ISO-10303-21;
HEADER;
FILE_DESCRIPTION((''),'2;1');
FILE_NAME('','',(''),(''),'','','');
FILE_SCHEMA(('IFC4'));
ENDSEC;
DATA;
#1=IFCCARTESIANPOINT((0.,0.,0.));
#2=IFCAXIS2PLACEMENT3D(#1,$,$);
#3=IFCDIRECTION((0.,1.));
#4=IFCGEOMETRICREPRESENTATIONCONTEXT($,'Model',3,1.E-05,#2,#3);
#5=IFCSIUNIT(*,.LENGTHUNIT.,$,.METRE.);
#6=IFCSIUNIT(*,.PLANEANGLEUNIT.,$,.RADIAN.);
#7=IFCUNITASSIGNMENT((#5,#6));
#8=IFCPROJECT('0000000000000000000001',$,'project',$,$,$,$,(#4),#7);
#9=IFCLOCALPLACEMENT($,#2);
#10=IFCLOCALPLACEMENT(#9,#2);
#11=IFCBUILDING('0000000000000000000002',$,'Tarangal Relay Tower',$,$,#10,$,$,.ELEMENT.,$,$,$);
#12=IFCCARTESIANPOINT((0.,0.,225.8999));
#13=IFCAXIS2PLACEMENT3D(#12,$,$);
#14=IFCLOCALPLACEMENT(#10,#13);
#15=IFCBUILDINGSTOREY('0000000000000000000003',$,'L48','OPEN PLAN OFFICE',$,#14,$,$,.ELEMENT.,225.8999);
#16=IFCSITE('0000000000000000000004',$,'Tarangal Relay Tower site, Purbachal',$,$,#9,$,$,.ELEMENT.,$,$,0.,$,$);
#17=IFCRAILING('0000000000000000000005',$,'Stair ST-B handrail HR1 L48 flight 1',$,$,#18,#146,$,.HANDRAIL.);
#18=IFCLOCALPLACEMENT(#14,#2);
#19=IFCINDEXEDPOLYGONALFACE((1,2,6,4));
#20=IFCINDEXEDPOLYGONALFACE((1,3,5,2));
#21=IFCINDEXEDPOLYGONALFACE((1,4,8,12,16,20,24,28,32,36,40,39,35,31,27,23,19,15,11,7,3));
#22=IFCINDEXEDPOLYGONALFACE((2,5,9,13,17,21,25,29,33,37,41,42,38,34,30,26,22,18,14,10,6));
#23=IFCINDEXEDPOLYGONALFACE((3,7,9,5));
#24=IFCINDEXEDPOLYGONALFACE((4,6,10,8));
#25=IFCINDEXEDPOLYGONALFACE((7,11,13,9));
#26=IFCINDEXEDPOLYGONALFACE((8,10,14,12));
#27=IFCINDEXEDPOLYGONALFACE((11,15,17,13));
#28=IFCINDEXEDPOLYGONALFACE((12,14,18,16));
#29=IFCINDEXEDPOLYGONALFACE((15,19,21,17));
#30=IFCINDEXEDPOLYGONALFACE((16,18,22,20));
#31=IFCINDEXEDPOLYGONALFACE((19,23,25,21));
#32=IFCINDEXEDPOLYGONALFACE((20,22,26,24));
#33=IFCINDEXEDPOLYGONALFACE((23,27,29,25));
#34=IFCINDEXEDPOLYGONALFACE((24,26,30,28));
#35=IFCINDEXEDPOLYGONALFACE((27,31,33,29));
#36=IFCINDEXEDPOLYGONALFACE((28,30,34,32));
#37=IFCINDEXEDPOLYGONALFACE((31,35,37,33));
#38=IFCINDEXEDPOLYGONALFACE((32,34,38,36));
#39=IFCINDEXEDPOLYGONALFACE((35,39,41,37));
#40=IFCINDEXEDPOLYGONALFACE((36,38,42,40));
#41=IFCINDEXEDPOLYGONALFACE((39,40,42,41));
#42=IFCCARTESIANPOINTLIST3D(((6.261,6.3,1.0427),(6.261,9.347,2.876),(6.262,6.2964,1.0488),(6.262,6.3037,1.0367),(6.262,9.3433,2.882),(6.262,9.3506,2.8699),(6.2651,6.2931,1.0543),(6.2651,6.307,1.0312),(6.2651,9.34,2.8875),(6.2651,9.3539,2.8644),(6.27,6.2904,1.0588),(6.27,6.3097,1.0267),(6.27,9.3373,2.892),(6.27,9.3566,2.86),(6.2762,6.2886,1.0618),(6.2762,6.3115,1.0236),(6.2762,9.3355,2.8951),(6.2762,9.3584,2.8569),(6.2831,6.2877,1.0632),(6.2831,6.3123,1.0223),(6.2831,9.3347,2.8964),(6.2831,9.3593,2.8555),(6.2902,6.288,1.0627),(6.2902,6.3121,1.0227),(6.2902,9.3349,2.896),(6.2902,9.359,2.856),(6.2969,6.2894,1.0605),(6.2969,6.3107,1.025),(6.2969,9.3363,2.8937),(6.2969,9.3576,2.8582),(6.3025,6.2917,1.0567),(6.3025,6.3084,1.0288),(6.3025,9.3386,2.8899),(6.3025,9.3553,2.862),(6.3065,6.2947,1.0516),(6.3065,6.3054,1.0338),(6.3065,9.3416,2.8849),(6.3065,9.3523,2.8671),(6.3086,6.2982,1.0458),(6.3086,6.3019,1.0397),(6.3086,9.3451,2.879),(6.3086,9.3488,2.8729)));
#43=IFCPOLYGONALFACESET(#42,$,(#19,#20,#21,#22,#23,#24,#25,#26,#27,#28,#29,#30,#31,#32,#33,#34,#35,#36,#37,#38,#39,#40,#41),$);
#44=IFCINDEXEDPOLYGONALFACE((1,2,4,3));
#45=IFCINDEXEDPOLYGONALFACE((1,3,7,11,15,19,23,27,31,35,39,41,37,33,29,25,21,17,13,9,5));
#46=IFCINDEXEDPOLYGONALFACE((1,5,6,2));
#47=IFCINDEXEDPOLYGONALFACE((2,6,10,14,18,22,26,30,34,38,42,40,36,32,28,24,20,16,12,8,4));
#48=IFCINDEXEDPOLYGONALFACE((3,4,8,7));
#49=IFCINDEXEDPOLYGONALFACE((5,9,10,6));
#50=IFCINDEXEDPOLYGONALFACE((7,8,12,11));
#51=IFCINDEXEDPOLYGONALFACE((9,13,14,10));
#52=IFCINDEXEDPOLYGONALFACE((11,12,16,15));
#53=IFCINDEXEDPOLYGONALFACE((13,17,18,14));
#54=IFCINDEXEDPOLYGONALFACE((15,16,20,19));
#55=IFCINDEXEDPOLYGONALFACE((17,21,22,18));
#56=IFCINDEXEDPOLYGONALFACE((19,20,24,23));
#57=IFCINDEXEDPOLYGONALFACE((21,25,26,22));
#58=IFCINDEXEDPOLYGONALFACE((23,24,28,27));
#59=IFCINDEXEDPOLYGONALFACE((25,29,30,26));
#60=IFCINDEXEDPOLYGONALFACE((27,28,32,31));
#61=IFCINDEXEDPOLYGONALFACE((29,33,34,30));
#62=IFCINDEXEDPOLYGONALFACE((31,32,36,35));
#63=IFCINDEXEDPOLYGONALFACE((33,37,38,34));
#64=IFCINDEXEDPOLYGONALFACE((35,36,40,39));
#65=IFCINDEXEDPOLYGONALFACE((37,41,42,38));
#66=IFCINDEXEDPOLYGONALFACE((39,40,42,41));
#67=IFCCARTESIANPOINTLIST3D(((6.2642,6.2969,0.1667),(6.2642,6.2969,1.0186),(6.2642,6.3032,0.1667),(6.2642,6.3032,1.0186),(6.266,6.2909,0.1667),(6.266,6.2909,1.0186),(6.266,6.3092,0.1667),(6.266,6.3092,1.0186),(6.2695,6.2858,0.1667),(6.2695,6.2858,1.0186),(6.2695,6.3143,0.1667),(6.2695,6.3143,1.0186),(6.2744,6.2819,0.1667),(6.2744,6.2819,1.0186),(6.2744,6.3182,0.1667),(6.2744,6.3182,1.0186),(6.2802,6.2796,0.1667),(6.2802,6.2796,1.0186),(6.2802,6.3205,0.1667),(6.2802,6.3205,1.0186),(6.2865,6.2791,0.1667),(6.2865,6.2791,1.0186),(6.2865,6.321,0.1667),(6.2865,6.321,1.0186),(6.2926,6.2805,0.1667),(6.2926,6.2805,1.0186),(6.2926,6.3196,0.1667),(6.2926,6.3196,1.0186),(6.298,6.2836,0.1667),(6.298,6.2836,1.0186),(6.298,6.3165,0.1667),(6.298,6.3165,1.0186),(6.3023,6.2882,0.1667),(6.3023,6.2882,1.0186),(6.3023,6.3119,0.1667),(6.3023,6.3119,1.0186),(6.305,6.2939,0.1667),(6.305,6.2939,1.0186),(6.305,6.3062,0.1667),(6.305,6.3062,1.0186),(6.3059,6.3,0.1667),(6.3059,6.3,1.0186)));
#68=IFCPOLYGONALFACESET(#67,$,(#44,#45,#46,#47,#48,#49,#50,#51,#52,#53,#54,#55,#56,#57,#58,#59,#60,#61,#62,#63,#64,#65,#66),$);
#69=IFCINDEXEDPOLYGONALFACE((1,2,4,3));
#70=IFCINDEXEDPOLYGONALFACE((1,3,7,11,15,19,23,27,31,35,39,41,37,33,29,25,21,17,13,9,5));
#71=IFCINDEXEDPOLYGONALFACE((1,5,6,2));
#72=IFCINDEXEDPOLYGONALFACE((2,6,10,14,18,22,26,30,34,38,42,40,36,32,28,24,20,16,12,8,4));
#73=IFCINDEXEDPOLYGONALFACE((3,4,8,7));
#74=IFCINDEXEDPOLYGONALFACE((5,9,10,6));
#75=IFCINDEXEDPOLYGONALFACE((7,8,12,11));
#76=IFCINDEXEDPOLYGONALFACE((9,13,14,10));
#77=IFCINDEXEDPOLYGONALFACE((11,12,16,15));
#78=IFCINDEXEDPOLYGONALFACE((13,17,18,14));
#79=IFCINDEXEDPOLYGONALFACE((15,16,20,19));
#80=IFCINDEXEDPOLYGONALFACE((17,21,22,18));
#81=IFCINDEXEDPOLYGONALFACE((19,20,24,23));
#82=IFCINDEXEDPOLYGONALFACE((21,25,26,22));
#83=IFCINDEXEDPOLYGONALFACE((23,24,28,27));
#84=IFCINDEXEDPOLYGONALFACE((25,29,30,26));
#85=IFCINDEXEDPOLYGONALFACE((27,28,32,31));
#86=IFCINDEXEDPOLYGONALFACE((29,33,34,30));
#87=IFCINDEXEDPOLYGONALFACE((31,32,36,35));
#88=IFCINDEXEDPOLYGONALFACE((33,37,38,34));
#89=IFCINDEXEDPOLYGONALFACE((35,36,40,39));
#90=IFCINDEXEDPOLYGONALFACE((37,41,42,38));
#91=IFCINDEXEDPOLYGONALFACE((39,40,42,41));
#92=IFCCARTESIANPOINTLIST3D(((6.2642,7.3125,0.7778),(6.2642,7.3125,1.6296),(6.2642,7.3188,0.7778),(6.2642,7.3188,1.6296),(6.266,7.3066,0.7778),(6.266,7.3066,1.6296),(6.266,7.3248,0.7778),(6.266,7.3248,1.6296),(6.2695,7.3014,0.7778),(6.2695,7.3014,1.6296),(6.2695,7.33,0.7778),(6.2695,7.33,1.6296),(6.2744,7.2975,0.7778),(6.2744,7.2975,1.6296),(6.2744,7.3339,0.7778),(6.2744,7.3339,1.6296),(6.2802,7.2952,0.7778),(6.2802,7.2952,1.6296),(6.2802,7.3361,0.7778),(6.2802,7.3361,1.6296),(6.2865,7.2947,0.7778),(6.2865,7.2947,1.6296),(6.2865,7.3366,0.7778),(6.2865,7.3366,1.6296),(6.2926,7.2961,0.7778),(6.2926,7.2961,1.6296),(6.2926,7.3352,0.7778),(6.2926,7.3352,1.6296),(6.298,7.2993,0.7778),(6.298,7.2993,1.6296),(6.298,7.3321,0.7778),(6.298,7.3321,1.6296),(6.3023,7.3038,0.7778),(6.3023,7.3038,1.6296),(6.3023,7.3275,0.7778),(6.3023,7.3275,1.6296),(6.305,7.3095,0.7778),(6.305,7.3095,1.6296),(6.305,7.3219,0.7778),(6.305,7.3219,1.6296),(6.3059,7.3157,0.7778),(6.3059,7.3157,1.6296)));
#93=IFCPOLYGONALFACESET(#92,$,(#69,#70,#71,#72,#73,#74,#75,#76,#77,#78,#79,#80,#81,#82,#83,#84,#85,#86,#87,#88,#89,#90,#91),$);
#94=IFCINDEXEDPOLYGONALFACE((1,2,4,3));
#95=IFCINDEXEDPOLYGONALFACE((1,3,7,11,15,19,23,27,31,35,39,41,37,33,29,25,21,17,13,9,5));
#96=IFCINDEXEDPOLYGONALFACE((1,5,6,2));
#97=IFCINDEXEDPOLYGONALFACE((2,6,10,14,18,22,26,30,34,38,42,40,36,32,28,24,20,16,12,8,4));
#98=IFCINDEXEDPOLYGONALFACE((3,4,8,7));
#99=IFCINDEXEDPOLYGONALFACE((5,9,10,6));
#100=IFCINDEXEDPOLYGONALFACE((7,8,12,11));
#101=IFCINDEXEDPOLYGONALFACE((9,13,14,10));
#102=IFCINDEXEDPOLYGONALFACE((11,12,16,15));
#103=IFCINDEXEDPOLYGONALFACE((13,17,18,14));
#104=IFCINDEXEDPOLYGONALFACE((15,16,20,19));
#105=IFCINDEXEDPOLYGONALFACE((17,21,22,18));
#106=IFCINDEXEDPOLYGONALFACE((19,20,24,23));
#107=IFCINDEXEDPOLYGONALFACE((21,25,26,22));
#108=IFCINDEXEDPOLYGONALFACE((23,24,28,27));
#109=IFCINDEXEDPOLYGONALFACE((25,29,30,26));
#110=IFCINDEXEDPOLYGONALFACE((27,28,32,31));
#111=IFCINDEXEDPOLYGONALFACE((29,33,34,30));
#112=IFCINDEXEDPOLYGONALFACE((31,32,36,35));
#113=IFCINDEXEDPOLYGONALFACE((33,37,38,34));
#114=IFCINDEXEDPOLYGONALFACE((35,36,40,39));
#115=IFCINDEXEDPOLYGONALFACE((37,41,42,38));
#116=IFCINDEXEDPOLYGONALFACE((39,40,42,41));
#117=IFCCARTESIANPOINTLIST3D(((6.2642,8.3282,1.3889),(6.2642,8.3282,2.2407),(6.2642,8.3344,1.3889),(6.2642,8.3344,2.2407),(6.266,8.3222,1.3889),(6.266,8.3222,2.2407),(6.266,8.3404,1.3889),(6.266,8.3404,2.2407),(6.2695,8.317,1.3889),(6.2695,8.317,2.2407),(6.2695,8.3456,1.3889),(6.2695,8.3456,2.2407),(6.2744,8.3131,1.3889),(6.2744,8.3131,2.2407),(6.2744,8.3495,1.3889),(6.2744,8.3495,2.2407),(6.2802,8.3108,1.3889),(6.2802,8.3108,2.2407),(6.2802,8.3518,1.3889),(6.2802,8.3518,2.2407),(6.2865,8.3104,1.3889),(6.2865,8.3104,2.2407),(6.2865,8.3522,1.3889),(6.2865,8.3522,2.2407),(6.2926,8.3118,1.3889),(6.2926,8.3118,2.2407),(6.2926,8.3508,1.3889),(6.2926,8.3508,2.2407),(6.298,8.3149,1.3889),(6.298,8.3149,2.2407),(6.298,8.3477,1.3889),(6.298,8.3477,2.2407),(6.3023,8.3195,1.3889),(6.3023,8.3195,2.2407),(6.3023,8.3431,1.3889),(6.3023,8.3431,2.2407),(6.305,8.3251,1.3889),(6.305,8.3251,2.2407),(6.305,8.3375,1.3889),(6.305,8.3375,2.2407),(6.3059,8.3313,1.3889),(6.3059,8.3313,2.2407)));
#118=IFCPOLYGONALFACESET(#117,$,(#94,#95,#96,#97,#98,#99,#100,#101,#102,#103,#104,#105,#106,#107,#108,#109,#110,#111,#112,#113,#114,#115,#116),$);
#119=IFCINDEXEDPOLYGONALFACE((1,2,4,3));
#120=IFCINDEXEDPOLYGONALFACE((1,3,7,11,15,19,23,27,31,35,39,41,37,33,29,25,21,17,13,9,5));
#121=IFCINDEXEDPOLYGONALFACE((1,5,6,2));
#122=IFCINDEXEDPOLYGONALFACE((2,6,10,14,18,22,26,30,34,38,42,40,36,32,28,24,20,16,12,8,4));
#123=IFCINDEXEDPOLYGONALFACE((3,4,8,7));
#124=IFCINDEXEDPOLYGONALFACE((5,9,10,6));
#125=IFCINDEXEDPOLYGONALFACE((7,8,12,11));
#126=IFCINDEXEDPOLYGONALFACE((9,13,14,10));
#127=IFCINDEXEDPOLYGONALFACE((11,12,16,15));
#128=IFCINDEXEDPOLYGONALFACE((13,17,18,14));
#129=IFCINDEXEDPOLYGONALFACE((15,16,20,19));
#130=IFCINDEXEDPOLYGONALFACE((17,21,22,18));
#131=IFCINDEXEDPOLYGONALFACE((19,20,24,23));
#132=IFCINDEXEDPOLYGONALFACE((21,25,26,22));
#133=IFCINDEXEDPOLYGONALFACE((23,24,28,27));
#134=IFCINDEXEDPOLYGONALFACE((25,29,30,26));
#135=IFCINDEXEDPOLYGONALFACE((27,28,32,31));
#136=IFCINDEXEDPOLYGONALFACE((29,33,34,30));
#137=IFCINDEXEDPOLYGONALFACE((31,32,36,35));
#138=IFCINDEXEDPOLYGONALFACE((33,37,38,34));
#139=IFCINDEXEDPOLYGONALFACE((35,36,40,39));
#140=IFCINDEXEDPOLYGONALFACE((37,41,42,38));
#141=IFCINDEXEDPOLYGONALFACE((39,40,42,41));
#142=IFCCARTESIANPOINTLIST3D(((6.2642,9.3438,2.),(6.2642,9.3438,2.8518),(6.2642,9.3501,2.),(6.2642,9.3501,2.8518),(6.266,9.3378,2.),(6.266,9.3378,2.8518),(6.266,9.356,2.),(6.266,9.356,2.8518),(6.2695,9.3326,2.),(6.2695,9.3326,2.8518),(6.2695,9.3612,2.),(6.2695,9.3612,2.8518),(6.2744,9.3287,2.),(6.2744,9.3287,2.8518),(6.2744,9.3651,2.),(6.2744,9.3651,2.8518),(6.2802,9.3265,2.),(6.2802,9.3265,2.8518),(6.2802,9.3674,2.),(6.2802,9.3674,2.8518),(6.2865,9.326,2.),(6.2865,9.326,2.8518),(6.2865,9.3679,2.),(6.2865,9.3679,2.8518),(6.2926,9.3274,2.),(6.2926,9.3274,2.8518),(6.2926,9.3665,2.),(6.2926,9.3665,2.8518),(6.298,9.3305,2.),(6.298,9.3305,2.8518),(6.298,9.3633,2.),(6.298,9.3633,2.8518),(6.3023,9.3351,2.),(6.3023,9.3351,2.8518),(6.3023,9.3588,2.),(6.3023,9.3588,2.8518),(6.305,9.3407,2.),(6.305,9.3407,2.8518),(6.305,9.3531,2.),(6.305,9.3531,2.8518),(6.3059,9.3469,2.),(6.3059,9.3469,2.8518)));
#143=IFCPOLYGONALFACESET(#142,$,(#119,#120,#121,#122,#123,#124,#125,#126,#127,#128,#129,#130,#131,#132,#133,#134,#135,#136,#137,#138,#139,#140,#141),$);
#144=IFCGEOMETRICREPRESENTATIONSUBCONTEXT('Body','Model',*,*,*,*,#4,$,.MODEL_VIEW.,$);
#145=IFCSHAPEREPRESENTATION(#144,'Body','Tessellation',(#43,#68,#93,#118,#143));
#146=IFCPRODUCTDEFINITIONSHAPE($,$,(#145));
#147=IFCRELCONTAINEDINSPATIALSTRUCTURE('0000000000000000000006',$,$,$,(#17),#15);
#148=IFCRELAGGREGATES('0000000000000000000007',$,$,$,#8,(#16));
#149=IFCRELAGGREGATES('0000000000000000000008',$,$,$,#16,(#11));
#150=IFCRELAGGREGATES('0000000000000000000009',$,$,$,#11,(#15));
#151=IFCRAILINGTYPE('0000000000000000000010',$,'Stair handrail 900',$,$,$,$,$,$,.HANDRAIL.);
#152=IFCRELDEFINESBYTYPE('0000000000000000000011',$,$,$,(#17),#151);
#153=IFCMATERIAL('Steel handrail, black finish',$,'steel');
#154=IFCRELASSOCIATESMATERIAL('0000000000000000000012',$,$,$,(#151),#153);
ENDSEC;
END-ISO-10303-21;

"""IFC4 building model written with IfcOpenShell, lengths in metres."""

from ifc_helpers import new_model, si_unit, direction, frame, origin, origin_2d, place, context, subcontext, project, spatial, circle, extrude, material, type_object, element, save


model = new_model("IFC4")

# Units and contexts
model_context = context("Model", 3, precision=1e-05, world=origin(), true_north=direction((0.0, 1.0)))
body_context = subcontext(model_context, "Body", "Model", "MODEL_VIEW")
ifc_project = project(units=[si_unit("LENGTHUNIT", "METRE"), si_unit("PLANEANGLEUNIT", "RADIAN")], contexts=[model_context])

# Site, building, storey
site_placement = place(None, origin())
site = spatial("IfcSite", under=ifc_project, at=site_placement, Name="Tarangal Relay Tower site, Purbachal", CompositionType="ELEMENT", RefElevation=0.0)
building_placement = place(site_placement, origin())
building = spatial("IfcBuilding", under=site, at=building_placement, Name="Tarangal Relay Tower", CompositionType="ELEMENT")
storey_placement = place(building_placement, frame((0.0, 0.0, 225.8999)))
storey = spatial("IfcBuildingStorey", under=building, at=storey_placement, Name="L48", Description="OPEN PLAN OFFICE", CompositionType="ELEMENT", Elevation=225.8999)

# Railing
ifc_material_1 = material(Name="Steel handrail, black finish", Category="steel")
railing_type_1 = type_object("IfcRailingType", Name="Stair handrail 900", PredefinedType="HANDRAIL", material=ifc_material_1)
railing_1_placement = place(storey_placement, frame((6.2849, 6.3, 0.1667)))
element("IfcRailing", 1, at=railing_1_placement, inside=storey, type_object=railing_type_1, Name="Stair ST-B handrail HR1 L48 flight 1", PredefinedType="HANDRAIL", context=body_context, shape_type="SweptSolid", body=[
    extrude(circle(Radius=0.0239, at=origin_2d()), frame((0.0, 0.0, 0.876), z_axis=(0.0, 0.856856, 0.515556), x_axis=(-1.0, 0.0, 0.0)), (0.0, 0.0, 1.0), 3.5559),
    extrude(circle(Radius=0.021, at=origin_2d()), origin(), (0.0, 0.0, 1.0), 0.8518),
    extrude(circle(Radius=0.021, at=origin_2d()), frame((0.0, 1.0156, 0.6111)), (0.0, 0.0, 1.0), 0.8518),
    extrude(circle(Radius=0.021, at=origin_2d()), frame((0.0, 2.0312, 1.2222)), (0.0, 0.0, 1.0), 0.8518),
    extrude(circle(Radius=0.021, at=origin_2d()), frame((0.0, 3.0469, 1.8333)), (0.0, 0.0, 1.0), 0.8518),
])

save(model, "model.ifc")
